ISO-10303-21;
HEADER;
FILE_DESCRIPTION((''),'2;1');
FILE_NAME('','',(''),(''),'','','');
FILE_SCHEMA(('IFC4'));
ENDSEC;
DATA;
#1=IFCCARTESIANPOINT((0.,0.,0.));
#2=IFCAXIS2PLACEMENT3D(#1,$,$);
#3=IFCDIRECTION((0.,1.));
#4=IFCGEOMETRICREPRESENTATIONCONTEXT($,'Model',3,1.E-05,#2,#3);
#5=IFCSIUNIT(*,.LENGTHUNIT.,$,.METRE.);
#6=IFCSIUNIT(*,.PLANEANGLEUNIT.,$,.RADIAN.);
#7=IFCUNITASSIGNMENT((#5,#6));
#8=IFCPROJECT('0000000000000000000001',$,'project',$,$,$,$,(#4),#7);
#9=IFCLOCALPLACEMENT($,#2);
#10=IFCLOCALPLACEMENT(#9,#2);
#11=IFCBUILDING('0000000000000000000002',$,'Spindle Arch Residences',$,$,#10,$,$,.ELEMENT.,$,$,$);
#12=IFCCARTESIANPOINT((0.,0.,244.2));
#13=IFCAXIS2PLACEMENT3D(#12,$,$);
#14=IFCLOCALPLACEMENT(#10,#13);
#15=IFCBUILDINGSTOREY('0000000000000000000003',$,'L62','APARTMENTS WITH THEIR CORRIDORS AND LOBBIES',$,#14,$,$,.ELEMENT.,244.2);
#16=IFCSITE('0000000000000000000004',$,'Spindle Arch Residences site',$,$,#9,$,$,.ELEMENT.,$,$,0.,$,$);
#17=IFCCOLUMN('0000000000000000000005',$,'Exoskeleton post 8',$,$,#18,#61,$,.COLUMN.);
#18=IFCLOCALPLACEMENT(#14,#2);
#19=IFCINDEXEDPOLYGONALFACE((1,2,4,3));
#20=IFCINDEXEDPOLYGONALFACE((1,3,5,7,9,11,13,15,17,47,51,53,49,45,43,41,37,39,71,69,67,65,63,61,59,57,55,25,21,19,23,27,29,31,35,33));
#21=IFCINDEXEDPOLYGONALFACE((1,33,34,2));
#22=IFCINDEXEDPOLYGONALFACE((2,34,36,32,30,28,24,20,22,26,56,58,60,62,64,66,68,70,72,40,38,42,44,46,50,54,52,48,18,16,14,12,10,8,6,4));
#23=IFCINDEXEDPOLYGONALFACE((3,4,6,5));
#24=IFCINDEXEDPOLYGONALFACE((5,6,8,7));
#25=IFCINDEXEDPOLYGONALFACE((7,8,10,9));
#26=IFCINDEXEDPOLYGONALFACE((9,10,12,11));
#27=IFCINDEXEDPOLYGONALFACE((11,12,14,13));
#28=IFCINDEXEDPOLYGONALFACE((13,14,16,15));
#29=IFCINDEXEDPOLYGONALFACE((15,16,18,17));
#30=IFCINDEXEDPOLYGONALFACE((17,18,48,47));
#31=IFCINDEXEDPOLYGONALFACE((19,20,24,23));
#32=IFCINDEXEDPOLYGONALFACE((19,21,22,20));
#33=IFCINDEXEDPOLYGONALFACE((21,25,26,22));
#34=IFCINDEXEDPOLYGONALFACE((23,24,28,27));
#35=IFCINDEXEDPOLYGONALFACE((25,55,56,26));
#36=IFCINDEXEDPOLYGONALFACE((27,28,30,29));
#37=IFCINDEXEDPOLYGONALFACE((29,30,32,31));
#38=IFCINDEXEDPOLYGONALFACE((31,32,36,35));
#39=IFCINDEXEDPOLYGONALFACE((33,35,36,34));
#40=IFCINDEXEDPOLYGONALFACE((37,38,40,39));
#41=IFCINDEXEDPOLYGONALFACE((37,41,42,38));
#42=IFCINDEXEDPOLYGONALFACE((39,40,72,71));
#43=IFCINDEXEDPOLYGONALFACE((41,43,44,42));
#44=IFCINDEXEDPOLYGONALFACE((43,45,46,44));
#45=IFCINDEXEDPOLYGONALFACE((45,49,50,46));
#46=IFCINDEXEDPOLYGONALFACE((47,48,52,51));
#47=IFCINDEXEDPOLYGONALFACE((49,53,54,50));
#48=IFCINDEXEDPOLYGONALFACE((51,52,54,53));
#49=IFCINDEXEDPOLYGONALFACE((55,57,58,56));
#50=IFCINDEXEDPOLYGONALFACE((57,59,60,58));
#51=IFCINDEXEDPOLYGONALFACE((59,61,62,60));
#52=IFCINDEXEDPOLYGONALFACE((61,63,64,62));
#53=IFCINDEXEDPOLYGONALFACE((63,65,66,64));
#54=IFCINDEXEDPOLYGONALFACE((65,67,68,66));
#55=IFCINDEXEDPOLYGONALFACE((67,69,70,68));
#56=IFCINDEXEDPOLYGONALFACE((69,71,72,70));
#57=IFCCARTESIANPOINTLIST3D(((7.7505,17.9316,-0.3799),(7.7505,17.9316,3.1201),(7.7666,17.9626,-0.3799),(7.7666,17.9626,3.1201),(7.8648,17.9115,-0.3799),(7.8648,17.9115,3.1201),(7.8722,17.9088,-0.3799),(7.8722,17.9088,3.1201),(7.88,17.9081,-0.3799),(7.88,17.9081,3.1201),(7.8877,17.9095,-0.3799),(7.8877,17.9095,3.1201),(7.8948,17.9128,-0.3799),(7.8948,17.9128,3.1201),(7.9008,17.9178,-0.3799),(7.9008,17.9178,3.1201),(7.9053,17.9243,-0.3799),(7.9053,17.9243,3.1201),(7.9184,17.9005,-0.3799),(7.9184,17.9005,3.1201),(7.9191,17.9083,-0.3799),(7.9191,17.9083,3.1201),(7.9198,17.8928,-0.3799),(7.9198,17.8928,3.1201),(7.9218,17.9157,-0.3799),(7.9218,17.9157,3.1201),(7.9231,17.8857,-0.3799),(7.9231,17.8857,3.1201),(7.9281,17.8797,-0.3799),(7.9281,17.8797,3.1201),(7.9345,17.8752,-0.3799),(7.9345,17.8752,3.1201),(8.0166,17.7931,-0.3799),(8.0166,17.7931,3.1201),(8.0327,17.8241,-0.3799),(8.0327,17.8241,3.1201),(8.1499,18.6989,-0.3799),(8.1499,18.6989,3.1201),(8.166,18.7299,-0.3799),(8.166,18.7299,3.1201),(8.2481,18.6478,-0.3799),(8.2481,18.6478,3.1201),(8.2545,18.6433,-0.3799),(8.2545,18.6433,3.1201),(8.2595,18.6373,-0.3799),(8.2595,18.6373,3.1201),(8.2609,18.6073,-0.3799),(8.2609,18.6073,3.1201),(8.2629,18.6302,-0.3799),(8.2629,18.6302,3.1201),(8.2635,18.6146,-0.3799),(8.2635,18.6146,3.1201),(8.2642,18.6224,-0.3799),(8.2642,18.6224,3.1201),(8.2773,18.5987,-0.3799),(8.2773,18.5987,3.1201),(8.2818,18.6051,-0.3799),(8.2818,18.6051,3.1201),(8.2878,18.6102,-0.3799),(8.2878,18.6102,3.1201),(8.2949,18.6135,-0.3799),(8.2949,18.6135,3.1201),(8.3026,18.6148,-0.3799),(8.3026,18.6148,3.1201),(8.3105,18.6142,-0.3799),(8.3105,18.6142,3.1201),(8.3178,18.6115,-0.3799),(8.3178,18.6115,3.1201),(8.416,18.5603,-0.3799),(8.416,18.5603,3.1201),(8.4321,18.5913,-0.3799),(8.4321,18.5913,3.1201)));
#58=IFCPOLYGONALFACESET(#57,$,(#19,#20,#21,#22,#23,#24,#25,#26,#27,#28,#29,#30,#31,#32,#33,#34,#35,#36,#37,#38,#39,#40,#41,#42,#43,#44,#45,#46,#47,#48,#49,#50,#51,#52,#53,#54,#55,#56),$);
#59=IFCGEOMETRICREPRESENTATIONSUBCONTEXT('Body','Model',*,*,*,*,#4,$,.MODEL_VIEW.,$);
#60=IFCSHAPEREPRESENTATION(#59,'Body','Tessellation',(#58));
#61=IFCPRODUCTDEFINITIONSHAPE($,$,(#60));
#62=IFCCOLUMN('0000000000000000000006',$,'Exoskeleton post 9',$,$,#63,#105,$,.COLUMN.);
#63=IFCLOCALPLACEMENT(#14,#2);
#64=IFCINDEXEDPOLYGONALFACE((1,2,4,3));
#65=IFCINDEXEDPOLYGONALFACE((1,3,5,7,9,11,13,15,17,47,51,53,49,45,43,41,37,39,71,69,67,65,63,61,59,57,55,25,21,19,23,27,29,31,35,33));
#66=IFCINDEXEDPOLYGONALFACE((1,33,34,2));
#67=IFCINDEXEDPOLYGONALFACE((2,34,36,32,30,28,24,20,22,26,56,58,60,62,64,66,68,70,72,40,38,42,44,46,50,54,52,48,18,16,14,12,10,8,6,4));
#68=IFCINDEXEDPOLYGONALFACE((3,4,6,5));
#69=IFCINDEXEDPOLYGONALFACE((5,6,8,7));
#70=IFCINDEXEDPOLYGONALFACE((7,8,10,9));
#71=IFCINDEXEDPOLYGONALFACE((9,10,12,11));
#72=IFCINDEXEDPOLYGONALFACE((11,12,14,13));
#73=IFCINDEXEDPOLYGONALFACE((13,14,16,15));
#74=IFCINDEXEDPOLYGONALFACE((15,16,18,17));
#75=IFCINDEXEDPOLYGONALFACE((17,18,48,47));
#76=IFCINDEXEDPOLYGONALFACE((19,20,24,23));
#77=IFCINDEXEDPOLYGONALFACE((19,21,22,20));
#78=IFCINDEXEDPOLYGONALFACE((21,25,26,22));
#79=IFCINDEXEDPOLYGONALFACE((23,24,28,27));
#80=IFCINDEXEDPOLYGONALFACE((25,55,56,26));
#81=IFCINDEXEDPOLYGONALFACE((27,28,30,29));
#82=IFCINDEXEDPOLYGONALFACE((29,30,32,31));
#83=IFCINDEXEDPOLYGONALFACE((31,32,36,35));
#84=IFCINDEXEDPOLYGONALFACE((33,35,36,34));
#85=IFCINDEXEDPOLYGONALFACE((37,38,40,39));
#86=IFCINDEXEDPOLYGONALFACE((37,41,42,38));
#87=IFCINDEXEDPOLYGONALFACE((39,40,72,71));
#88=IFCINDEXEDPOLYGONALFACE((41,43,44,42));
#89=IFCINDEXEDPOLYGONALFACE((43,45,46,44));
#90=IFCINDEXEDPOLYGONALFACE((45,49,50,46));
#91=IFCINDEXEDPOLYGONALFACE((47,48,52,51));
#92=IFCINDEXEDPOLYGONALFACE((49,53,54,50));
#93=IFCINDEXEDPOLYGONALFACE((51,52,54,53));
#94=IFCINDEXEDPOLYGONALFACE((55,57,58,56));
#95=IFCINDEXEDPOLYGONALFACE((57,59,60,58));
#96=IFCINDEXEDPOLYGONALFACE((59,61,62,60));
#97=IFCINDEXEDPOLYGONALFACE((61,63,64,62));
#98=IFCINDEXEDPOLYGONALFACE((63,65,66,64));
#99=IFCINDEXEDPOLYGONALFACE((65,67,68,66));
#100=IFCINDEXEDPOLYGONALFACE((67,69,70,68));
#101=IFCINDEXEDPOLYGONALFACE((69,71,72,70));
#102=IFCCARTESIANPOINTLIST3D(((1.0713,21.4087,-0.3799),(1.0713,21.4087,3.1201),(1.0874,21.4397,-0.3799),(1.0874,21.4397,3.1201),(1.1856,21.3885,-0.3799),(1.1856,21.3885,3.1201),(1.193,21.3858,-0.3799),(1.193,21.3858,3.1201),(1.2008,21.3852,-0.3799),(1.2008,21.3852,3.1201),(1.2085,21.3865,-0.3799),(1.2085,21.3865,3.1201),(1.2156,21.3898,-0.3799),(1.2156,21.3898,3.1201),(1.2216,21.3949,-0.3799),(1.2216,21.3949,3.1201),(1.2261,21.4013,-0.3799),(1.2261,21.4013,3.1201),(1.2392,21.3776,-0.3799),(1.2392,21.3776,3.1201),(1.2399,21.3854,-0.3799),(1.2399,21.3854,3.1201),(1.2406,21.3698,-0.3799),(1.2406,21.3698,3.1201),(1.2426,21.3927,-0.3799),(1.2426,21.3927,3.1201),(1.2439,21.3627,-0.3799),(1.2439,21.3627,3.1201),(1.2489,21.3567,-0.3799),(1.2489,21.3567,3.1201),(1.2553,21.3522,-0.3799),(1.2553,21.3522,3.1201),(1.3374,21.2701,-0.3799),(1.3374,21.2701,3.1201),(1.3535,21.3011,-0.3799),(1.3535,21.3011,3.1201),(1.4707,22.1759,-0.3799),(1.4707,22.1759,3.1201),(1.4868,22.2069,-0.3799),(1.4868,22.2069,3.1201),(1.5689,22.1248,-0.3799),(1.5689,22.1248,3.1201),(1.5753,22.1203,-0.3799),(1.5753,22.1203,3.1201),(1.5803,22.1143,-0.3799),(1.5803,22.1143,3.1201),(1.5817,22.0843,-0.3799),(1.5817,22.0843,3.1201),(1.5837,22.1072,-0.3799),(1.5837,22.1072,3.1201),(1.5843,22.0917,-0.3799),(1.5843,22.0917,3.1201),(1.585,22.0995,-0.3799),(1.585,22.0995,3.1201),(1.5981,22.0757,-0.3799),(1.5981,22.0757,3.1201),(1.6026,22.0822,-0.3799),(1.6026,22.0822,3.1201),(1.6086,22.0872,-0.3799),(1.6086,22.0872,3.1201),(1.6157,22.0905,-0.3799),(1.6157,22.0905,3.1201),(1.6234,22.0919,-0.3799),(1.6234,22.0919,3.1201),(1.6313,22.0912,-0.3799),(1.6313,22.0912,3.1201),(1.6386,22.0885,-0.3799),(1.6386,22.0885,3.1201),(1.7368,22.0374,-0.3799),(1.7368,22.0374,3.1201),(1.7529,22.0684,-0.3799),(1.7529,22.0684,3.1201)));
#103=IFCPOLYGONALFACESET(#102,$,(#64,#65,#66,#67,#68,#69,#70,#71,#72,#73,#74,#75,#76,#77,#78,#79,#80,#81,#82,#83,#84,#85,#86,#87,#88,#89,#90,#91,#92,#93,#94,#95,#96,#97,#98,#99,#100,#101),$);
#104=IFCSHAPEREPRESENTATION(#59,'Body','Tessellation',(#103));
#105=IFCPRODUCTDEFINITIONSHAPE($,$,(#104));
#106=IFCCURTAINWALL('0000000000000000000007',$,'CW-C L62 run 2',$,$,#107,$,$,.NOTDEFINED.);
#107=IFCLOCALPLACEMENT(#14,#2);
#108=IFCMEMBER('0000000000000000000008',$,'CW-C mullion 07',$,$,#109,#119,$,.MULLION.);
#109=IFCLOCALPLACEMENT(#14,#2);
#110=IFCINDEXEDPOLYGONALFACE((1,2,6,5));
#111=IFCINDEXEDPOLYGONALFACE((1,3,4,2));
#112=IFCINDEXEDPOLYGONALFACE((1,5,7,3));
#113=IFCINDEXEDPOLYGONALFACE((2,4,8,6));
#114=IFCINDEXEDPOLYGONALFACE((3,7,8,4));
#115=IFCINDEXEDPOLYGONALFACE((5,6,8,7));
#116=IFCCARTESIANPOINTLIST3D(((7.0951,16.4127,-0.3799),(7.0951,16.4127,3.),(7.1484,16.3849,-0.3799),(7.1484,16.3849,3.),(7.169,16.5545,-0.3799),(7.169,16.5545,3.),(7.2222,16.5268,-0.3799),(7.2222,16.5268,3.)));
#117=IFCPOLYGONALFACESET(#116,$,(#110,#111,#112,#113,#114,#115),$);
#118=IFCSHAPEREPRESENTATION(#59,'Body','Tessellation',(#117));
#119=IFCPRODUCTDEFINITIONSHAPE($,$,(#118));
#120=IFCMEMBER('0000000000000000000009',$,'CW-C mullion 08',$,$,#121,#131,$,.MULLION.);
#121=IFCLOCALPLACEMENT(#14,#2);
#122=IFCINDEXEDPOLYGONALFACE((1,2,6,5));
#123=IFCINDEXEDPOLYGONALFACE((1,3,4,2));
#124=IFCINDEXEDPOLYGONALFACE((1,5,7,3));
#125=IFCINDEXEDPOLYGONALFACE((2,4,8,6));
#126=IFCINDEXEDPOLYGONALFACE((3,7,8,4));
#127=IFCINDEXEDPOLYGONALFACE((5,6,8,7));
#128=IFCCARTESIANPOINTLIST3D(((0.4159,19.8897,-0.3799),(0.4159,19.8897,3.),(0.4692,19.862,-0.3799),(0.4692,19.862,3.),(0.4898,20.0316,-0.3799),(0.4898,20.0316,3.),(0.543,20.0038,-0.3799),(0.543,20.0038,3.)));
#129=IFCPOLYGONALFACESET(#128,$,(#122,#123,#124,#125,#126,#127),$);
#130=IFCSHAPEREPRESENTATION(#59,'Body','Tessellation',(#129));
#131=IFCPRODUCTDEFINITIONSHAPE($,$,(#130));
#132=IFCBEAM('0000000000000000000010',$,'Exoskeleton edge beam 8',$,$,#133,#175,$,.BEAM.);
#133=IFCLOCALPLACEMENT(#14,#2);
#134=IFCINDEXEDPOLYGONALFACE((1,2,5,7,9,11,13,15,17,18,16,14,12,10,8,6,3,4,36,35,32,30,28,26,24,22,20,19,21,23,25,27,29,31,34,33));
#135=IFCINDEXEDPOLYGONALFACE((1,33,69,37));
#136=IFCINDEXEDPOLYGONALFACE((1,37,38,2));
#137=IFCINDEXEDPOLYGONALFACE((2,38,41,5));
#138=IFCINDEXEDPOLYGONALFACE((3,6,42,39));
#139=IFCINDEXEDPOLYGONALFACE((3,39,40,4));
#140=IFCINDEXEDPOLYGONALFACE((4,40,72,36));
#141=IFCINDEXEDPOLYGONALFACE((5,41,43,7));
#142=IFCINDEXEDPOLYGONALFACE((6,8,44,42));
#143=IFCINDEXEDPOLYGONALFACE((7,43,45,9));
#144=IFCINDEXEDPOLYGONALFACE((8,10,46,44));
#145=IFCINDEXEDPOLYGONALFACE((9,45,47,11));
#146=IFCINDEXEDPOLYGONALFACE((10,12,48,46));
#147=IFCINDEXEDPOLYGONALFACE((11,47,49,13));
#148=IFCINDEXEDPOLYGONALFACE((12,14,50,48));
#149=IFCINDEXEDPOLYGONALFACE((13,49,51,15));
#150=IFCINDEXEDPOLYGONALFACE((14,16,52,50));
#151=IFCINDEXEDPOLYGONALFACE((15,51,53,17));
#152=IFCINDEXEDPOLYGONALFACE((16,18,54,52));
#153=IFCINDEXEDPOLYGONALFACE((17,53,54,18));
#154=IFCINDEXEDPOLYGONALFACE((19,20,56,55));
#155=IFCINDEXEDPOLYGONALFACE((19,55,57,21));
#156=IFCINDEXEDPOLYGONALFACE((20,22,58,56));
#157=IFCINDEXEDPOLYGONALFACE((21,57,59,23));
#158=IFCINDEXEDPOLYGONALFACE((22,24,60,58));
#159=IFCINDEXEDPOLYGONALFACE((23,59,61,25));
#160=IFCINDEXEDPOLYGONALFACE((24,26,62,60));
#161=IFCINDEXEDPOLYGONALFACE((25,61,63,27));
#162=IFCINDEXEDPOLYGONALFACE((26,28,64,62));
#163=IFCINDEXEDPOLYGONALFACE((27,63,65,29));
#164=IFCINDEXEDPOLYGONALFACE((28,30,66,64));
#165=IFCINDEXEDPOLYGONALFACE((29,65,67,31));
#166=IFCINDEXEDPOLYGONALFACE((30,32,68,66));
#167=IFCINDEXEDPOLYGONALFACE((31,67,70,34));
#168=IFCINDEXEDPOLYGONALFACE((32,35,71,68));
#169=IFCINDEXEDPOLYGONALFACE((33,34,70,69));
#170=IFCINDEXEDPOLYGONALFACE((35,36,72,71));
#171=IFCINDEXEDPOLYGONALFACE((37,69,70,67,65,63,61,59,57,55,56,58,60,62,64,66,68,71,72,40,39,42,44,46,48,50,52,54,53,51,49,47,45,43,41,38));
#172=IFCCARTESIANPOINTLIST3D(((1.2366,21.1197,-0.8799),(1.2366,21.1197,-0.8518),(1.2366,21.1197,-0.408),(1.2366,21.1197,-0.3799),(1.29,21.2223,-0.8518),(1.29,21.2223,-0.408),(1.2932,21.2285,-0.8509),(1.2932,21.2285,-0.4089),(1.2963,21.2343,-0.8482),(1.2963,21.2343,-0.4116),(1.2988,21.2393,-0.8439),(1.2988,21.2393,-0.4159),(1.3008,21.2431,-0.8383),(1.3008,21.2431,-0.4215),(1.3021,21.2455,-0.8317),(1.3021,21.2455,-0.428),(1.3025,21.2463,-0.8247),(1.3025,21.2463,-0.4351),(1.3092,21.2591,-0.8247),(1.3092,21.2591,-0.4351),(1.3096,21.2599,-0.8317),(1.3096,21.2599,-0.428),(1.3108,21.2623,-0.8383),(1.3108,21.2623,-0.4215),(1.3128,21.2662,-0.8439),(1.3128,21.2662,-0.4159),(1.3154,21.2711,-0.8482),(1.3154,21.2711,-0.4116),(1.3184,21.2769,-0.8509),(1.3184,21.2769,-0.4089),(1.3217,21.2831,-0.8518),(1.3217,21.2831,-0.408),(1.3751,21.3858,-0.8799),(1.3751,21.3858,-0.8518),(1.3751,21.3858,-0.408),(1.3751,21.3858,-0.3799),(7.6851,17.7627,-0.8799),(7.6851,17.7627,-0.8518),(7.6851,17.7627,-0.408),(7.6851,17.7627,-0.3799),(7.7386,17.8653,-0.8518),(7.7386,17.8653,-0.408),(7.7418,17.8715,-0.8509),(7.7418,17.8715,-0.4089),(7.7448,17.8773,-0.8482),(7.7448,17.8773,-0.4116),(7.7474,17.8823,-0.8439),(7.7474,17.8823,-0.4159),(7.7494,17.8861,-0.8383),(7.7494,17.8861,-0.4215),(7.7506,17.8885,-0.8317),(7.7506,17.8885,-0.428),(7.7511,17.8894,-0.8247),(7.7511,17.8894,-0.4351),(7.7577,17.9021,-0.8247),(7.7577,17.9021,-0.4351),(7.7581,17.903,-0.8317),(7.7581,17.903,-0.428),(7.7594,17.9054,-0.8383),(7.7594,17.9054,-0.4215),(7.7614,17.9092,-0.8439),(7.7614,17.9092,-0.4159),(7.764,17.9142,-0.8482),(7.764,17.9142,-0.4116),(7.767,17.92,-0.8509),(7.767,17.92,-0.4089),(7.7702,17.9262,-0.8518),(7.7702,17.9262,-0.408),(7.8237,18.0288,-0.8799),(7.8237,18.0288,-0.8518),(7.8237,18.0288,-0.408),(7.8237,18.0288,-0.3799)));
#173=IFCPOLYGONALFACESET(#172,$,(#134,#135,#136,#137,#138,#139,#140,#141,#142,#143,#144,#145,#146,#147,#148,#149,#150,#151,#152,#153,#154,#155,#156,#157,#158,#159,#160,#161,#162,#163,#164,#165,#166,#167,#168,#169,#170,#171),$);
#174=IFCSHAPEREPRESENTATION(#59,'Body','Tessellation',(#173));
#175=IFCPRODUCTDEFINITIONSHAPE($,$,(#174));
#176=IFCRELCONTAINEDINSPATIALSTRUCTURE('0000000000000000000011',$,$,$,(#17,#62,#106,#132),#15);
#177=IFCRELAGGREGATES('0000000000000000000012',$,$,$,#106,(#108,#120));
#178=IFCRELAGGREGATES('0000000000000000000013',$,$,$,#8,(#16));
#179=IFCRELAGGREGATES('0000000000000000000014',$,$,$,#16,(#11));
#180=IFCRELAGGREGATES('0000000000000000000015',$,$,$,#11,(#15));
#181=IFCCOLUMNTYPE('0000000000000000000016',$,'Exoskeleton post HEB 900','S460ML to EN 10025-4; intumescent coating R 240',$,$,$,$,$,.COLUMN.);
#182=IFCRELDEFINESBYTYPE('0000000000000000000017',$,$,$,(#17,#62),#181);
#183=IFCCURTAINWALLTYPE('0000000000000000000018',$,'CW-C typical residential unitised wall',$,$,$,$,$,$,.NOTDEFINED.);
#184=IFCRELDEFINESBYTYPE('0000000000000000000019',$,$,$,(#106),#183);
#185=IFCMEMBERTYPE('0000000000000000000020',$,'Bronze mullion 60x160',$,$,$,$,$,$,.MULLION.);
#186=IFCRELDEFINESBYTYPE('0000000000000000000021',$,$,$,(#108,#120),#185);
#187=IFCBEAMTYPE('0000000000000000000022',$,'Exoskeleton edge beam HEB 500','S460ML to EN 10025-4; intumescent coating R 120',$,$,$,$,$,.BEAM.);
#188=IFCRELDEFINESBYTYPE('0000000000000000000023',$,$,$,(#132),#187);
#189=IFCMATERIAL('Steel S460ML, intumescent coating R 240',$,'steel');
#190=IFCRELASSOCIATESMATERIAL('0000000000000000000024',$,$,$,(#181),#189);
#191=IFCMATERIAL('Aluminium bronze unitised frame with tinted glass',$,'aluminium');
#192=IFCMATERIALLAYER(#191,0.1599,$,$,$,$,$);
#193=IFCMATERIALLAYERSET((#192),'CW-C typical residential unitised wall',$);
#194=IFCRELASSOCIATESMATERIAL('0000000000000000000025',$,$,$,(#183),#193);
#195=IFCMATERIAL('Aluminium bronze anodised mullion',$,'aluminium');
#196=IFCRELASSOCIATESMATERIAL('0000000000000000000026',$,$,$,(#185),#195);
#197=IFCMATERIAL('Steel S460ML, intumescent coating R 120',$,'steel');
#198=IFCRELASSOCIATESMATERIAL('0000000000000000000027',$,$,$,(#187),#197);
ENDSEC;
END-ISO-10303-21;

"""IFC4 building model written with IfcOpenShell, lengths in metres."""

from ifc_helpers import new_model, si_unit, direction, frame, origin, origin_2d, place, context, subcontext, project, spatial, rectangle, i_section, extrude, material, layer, layer_set, material_profile, profile_set, type_object, element, aggregate, save


model = new_model("IFC4")

# Units and contexts
model_context = context("Model", 3, precision=1e-05, world=origin(), true_north=direction((0.0, 1.0)))
body_context = subcontext(model_context, "Body", "Model", "MODEL_VIEW")
ifc_project = project(units=[si_unit("LENGTHUNIT", "METRE"), si_unit("PLANEANGLEUNIT", "RADIAN")], contexts=[model_context])

# Site, building, storey
site_placement = place(None, origin())
site = spatial("IfcSite", under=ifc_project, at=site_placement, Name="Spindle Arch Residences site", CompositionType="ELEMENT", RefElevation=0.0)
building_placement = place(site_placement, origin())
building = spatial("IfcBuilding", under=site, at=building_placement, Name="Spindle Arch Residences", CompositionType="ELEMENT")
storey_placement = place(building_placement, frame((0.0, 0.0, 244.2)))
storey = spatial("IfcBuildingStorey", under=building, at=storey_placement, Name="L62", Description="APARTMENTS WITH THEIR CORRIDORS AND LOBBIES", CompositionType="ELEMENT", Elevation=244.2)

# Columns
ifc_material_1 = material(Name="Steel S460ML, intumescent coating R 240", Category="steel")
ifc_material_profile_1 = material_profile(ifc_material_1, i_section(OverallWidth=0.3, OverallDepth=0.8999, WebThickness=0.0186, FlangeThickness=0.0349, FilletRadius=0.03, at=origin_2d()), Name="HEB 900")
ifc_profile_set_1 = profile_set([ifc_material_profile_1], Name="Steel S460ML, intumescent coating R 240")
column_type = type_object("IfcColumnType", Name="Exoskeleton post HEB 900", Description="S460ML to EN 10025-4; intumescent coating R 240", PredefinedType="COLUMN", material=ifc_profile_set_1)
for number, where, z_axis, x_axis, name in (
    (1, (8.0913, 18.2615, -0.3799), (0.0, 0.0, 1.0), (0.887011, -0.461749, 0.0), "Exoskeleton post 8"),
    (2, (1.4121, 21.7385, -0.3799), (0.0, 0.0, 1.0), (0.887011, -0.461749, 0.0), "Exoskeleton post 9"),
):
    element("IfcColumn", number, at=place(storey_placement, frame(where, z_axis=z_axis, x_axis=x_axis)), inside=storey, type_object=column_type, Name=name, PredefinedType="COLUMN", context=body_context, shape_type="SweptSolid", body=[
        extrude(i_section(OverallWidth=0.3, OverallDepth=0.8999, WebThickness=0.0186, FlangeThickness=0.0349, FilletRadius=0.03, at=origin_2d()), origin(), (0.0, 0.0, 1.0), 3.5),
    ])

# Curtain wall, members
ifc_material_2 = material(Name="Aluminium bronze unitised frame with tinted glass", Category="aluminium")
ifc_layer_1 = layer(ifc_material_2, 0.1599)
ifc_layer_set_1 = layer_set([ifc_layer_1], Name="CW-C typical residential unitised wall")
curtain_wall_type = type_object("IfcCurtainWallType", Name="CW-C typical residential unitised wall", PredefinedType="NOTDEFINED", material=ifc_layer_set_1)
curtain_wall_placement = place(storey_placement, origin())
curtain_wall = element("IfcCurtainWall", 3, at=curtain_wall_placement, inside=storey, type_object=curtain_wall_type, Name="CW-C L62 run 2", PredefinedType="NOTDEFINED")
ifc_material_3 = material(Name="Aluminium bronze anodised mullion", Category="aluminium")
ifc_material_profile_2 = material_profile(ifc_material_3, rectangle(XDim=0.1599, YDim=0.0601, at=origin_2d()), Name="MU 60x160")
ifc_profile_set_2 = profile_set([ifc_material_profile_2], Name="Aluminium bronze anodised mullion")
member_type = type_object("IfcMemberType", Name="Bronze mullion 60x160", PredefinedType="MULLION", material=ifc_profile_set_2)
member_1_placement = place(storey_placement, frame((7.1587, 16.4697, -0.3799), z_axis=(0.0, 0.0, 1.0), x_axis=(-0.461749, -0.887011, 0.0)))
member_1 = element("IfcMember", 4, at=member_1_placement, type_object=member_type, Name="CW-C mullion 07", PredefinedType="MULLION", context=body_context, shape_type="SweptSolid", body=[
    extrude(rectangle(XDim=0.1599, YDim=0.0601, at=origin_2d()), origin(), (0.0, 0.0, 1.0), 3.3799),
])
member_2_placement = place(storey_placement, frame((0.4795, 19.9468, -0.3799), z_axis=(0.0, 0.0, 1.0), x_axis=(-0.461749, -0.887011, 0.0)))
member_2 = element("IfcMember", 5, at=member_2_placement, type_object=member_type, Name="CW-C mullion 08", PredefinedType="MULLION", context=body_context, shape_type="SweptSolid", body=[
    extrude(rectangle(XDim=0.1599, YDim=0.0601, at=origin_2d()), origin(), (0.0, 0.0, 1.0), 3.3799),
])

# Beam
ifc_material_4 = material(Name="Steel S460ML, intumescent coating R 120", Category="steel")
ifc_material_profile_3 = material_profile(ifc_material_4, i_section(OverallWidth=0.3, OverallDepth=0.5, WebThickness=0.0144, FlangeThickness=0.0281, FilletRadius=0.0271, at=origin_2d()), Name="HEB 500")
ifc_profile_set_3 = profile_set([ifc_material_profile_3], Name="Steel S460ML, intumescent coating R 120")
beam_type_1 = type_object("IfcBeamType", Name="Exoskeleton edge beam HEB 500", Description="S460ML to EN 10025-4; intumescent coating R 120", PredefinedType="BEAM", material=ifc_profile_set_3)
for number, where, z_axis, x_axis, name in (
    (6, (7.7544, 17.8958, -0.6299), (-0.887007, 0.461756, 0.0), (-0.461756, -0.887007, 0.0), "Exoskeleton edge beam 8"),
):
    element("IfcBeam", number, at=place(storey_placement, frame(where, z_axis=z_axis, x_axis=x_axis)), inside=storey, type_object=beam_type_1, Name=name, PredefinedType="BEAM", context=body_context, shape_type="SweptSolid", body=[
        extrude(i_section(OverallWidth=0.3, OverallDepth=0.5, WebThickness=0.0144, FlangeThickness=0.0281, FilletRadius=0.0271, at=origin_2d()), origin(), (0.0, 0.0, 1.0), 7.27),
    ])

aggregate(curtain_wall, [member_1, member_2])

save(model, "model.ifc")
